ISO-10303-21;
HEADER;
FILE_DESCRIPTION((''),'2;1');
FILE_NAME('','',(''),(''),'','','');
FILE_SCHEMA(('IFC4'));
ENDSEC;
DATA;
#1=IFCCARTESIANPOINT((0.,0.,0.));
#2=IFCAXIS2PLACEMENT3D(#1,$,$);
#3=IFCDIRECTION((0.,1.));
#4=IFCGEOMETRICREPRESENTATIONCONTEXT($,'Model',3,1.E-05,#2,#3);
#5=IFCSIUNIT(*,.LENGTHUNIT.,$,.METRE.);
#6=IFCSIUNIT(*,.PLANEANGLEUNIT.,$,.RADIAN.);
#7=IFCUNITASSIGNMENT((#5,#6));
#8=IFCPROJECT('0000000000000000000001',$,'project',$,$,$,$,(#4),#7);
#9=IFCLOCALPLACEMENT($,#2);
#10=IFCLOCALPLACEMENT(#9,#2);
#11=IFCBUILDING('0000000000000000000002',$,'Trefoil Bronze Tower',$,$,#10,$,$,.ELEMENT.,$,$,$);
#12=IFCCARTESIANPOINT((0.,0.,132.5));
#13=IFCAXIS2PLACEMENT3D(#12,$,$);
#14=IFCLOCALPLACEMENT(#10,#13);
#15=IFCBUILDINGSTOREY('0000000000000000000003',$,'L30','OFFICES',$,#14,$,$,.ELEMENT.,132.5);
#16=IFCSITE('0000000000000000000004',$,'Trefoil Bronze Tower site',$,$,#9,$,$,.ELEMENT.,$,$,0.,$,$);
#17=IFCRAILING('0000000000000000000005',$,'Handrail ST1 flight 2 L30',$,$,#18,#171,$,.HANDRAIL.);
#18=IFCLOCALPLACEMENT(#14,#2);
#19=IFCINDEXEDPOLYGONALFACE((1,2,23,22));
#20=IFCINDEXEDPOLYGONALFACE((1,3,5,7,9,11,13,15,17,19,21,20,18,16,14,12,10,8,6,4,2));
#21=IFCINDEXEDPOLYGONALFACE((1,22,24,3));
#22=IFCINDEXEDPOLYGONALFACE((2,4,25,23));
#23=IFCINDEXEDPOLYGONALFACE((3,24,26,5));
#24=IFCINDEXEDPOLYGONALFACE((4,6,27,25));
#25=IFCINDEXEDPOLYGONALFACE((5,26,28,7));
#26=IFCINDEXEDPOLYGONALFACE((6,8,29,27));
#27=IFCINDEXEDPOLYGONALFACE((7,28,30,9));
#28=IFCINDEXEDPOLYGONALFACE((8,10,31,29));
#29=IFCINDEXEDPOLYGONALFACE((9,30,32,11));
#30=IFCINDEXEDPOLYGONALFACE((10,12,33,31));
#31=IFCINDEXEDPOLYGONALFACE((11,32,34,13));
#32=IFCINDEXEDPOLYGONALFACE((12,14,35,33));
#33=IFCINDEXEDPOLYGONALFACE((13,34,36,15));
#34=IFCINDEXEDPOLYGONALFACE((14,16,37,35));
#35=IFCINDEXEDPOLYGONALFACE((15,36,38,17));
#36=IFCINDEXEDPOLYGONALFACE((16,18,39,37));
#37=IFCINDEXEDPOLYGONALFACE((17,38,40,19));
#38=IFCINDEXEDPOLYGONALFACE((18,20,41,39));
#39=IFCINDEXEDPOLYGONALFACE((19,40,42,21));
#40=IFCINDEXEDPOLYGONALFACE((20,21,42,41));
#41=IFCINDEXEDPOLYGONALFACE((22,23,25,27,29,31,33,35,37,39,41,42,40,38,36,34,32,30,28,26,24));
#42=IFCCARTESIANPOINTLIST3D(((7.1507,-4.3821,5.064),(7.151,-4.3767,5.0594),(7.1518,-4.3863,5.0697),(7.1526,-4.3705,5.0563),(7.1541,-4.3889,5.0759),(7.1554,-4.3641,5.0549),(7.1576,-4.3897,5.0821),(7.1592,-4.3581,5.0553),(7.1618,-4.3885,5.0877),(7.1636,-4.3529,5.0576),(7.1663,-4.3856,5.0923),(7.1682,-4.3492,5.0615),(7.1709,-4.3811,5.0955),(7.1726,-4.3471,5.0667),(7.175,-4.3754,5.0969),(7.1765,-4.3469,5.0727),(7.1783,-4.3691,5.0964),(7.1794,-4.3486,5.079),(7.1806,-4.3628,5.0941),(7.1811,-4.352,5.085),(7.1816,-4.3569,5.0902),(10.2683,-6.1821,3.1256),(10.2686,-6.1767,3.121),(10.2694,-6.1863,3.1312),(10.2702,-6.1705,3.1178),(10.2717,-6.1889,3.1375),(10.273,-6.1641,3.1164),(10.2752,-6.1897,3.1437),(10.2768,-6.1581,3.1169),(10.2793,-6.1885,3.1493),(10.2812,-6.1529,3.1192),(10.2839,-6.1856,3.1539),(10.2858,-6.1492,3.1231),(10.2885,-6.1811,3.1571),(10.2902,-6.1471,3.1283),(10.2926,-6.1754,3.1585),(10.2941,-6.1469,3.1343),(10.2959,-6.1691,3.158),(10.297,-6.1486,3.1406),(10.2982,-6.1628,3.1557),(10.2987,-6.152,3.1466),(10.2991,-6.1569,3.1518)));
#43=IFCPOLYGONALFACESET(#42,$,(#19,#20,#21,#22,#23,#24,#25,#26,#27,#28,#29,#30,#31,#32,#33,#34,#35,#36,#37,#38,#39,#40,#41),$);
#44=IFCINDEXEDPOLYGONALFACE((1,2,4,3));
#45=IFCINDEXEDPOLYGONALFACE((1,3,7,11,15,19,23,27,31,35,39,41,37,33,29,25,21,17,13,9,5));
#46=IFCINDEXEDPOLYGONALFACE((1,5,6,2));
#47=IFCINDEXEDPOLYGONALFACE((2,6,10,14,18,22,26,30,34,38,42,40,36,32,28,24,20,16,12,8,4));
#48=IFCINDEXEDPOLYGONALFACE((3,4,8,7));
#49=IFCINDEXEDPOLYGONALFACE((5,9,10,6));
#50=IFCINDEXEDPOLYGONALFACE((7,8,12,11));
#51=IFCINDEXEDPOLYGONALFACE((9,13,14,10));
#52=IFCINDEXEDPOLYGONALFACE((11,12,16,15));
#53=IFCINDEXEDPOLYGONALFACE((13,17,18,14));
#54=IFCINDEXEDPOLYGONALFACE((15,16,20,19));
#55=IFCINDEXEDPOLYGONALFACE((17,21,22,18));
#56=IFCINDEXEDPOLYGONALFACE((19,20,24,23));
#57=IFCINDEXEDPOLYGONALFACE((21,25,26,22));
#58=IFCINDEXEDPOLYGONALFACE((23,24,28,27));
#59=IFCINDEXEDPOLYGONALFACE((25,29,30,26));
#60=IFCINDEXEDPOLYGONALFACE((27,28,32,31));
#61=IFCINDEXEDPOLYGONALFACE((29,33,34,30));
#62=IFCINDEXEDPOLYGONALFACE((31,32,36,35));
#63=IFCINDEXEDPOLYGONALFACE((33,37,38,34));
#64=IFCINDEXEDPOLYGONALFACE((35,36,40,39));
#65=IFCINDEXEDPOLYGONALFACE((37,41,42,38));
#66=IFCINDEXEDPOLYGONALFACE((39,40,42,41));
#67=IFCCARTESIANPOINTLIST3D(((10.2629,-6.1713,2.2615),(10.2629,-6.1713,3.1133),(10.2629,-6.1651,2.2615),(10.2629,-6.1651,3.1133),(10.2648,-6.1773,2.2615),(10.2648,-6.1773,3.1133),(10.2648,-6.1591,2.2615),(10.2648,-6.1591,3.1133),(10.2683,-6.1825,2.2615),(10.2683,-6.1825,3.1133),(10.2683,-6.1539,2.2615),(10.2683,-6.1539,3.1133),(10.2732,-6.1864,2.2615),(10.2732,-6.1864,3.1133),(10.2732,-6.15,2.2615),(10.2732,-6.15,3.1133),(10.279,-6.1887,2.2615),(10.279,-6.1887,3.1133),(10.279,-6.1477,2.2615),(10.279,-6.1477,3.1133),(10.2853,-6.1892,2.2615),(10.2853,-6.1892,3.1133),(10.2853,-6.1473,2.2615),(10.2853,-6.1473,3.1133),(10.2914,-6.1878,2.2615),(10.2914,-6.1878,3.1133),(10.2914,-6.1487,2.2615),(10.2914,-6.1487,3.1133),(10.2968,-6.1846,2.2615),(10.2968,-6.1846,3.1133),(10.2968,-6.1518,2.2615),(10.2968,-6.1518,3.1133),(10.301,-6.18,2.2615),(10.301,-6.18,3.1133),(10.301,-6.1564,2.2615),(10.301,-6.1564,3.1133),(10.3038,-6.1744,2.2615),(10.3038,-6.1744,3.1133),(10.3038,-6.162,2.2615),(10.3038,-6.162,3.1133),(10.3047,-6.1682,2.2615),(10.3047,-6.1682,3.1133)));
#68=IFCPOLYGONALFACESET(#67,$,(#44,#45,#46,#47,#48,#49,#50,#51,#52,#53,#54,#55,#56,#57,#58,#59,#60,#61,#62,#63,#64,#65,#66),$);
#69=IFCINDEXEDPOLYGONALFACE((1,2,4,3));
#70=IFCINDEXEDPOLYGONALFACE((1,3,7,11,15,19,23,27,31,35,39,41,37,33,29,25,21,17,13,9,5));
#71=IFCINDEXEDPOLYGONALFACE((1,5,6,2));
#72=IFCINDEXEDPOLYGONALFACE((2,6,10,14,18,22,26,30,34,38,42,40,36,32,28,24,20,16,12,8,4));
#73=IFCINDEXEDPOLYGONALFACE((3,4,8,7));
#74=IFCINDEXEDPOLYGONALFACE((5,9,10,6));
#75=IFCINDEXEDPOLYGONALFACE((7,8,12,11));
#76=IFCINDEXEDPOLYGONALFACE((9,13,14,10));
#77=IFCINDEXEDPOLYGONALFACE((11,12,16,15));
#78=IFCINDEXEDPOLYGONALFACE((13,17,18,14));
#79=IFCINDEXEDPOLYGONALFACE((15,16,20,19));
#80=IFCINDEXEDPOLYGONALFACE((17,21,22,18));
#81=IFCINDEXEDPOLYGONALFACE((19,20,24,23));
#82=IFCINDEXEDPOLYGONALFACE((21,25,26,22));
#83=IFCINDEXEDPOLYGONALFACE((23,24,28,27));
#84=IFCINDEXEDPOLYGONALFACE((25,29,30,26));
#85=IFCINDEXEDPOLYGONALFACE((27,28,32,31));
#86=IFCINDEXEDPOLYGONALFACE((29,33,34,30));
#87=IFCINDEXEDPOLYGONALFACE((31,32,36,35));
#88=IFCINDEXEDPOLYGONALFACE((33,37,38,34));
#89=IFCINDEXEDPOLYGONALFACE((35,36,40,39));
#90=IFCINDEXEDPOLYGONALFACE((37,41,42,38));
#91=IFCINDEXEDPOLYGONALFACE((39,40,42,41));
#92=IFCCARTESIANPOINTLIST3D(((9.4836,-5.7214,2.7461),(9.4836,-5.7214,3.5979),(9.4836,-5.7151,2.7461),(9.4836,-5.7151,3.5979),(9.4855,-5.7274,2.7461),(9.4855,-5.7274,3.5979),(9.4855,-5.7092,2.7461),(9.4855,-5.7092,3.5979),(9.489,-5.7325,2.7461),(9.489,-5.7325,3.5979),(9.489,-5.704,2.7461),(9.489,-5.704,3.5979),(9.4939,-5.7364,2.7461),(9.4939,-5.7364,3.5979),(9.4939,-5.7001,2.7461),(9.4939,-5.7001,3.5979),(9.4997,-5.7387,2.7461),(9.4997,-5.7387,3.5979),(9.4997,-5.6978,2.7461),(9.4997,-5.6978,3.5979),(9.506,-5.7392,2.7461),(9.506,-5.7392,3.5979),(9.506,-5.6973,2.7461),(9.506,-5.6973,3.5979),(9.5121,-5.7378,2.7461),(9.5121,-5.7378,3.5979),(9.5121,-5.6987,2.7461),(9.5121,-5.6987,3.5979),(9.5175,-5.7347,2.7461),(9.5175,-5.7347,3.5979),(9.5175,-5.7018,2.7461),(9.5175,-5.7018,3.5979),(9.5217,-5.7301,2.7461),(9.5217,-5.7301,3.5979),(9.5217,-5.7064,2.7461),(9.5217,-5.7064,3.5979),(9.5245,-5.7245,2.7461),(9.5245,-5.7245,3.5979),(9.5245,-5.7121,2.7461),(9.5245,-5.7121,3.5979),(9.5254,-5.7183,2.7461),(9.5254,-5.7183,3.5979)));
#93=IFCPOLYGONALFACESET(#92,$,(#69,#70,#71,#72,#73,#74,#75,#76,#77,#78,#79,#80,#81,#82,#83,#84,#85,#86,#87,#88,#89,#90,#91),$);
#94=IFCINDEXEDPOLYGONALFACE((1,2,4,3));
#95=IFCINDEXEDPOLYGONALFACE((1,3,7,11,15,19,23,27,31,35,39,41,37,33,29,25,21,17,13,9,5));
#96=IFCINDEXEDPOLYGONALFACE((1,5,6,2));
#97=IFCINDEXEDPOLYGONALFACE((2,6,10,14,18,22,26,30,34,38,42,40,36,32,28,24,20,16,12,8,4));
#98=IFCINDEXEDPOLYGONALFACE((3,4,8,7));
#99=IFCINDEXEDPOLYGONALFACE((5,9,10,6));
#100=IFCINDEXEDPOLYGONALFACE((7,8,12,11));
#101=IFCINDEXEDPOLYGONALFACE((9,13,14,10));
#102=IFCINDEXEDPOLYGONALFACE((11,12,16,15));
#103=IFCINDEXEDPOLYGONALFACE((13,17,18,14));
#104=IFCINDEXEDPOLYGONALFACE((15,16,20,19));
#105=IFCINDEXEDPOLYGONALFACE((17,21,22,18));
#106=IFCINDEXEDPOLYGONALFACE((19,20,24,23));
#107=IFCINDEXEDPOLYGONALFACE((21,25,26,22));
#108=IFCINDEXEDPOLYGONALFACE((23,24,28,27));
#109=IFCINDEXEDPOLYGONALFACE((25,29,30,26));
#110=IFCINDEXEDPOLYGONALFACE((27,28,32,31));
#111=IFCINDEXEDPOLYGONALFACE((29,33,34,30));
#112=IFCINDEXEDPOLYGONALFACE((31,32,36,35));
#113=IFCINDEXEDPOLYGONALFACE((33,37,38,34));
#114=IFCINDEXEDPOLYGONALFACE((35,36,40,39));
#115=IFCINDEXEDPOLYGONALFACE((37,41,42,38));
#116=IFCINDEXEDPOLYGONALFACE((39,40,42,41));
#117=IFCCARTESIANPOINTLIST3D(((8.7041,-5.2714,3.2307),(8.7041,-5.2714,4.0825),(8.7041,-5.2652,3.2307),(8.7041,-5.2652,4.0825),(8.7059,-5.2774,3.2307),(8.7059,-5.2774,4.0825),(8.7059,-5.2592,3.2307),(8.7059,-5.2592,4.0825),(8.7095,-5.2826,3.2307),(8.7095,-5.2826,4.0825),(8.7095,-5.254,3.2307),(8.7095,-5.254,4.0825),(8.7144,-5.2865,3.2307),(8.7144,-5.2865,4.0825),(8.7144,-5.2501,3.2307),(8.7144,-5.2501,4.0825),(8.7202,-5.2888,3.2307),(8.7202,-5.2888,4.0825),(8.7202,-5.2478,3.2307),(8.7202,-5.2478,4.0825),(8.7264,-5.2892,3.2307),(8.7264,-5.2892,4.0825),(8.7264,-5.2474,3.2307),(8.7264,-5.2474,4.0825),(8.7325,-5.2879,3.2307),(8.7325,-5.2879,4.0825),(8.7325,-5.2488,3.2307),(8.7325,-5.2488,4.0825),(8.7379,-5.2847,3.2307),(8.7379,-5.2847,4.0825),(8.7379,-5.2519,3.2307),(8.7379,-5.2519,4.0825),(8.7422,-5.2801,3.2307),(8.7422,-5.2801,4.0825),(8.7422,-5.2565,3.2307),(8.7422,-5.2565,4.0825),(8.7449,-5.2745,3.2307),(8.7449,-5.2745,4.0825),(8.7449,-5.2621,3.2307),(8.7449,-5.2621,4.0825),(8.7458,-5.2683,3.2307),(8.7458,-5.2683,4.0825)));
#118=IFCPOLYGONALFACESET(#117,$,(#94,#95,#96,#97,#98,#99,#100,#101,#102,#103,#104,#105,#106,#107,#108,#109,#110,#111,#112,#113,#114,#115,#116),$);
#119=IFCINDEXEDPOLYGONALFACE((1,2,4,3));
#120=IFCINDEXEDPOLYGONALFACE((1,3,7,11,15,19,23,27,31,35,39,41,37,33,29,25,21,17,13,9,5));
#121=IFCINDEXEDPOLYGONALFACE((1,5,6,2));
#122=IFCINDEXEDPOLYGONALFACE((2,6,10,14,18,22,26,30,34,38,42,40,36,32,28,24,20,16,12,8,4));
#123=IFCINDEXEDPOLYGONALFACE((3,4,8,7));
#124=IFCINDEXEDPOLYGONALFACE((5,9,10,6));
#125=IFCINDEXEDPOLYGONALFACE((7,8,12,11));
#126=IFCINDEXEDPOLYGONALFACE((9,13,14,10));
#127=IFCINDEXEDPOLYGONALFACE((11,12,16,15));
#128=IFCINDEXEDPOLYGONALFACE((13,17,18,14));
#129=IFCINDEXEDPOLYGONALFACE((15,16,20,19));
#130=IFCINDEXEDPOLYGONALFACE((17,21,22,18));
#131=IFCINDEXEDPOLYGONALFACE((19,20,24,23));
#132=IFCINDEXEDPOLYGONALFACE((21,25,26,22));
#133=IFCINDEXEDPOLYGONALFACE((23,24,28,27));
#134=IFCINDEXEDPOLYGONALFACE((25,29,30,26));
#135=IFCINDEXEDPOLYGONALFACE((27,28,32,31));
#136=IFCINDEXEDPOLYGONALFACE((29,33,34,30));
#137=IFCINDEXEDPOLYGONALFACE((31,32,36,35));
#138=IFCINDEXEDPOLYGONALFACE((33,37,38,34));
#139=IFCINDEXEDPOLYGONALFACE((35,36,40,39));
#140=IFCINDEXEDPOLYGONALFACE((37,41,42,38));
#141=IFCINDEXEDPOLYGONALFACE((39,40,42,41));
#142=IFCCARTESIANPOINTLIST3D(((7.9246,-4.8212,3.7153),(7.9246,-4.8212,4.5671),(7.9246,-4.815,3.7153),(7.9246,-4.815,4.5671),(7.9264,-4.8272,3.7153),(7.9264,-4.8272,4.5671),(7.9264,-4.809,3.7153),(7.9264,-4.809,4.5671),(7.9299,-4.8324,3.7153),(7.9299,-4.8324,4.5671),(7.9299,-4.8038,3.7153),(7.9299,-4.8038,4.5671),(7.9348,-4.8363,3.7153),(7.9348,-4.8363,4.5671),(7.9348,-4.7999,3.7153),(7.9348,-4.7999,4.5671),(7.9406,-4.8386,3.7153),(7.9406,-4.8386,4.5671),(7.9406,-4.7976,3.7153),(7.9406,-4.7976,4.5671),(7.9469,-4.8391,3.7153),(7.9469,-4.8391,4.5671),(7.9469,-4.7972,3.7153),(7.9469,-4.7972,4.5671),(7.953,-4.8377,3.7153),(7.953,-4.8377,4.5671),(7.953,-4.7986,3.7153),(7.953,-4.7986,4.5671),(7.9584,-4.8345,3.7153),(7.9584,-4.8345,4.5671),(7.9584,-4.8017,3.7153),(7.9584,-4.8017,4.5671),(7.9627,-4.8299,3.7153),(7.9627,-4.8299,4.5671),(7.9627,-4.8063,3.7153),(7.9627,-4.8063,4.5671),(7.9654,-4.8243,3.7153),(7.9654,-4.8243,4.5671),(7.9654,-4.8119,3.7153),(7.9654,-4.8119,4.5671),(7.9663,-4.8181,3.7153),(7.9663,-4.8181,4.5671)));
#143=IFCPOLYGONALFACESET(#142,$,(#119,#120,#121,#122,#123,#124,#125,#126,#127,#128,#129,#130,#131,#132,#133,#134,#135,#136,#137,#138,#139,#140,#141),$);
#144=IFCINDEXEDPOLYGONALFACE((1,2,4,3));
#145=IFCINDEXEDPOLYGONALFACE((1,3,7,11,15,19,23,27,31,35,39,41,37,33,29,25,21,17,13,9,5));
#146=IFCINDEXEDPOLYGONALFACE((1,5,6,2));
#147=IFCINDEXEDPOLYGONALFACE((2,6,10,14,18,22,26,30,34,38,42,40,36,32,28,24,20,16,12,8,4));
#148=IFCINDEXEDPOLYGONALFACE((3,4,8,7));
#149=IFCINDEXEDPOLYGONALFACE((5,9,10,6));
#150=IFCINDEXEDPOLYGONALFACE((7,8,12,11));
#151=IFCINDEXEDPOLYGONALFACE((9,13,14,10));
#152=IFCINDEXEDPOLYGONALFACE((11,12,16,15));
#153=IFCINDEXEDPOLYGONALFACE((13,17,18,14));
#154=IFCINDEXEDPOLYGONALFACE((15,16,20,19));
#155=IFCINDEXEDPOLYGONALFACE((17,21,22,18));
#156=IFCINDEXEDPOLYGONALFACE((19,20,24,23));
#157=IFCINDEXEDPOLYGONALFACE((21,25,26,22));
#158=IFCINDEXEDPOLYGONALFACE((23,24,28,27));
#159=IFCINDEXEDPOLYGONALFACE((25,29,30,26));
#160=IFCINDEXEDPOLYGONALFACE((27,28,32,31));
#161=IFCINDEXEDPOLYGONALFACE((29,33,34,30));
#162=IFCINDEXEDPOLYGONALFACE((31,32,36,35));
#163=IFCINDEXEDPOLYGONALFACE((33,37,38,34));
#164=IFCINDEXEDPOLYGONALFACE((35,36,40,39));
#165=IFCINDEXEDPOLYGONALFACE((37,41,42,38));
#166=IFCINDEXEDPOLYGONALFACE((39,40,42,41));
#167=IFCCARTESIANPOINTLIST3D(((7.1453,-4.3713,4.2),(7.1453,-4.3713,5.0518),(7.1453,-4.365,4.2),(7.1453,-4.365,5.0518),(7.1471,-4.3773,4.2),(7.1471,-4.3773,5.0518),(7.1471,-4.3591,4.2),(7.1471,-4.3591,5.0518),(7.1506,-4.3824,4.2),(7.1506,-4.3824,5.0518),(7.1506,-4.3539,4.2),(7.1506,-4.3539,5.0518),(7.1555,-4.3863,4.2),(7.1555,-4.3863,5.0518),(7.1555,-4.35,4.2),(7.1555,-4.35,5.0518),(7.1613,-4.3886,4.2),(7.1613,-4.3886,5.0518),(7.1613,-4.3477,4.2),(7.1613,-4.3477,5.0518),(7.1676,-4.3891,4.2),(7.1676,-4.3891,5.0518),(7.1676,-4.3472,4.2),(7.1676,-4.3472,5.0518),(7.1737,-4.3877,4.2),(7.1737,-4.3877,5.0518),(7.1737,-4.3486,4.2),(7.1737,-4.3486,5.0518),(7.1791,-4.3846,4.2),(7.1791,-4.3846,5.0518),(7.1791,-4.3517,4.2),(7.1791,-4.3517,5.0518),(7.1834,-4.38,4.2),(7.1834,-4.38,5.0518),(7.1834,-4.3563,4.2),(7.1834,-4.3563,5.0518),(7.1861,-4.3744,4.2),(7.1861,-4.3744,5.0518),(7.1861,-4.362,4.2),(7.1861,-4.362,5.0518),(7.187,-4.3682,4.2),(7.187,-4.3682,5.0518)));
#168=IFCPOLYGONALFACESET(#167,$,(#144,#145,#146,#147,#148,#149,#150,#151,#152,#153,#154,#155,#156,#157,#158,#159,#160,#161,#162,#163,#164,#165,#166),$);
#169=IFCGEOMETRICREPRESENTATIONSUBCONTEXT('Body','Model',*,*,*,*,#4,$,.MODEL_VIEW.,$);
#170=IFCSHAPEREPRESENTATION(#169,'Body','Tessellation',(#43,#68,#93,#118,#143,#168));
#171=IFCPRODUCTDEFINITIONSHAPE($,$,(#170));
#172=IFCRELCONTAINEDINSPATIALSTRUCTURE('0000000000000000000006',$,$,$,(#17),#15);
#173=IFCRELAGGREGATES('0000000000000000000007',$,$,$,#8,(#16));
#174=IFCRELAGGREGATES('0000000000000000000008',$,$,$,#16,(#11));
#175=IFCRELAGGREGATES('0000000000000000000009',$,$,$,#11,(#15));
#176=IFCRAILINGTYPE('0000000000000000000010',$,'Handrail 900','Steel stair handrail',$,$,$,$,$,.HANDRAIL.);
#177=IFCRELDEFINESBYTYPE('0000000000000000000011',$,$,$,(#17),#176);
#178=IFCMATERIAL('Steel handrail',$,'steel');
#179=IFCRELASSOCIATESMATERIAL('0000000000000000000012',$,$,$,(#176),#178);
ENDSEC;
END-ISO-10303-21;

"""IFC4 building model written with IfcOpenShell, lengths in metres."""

from ifc_helpers import new_model, si_unit, direction, frame, origin, origin_2d, place, context, subcontext, project, spatial, circle, extrude, material, type_object, element, save


model = new_model("IFC4")

# Units and contexts
model_context = context("Model", 3, precision=1e-05, world=origin(), true_north=direction((0.0, 1.0)))
body_context = subcontext(model_context, "Body", "Model", "MODEL_VIEW")
ifc_project = project(units=[si_unit("LENGTHUNIT", "METRE"), si_unit("PLANEANGLEUNIT", "RADIAN")], contexts=[model_context])

# Site, building, storey
site_placement = place(None, origin())
site = spatial("IfcSite", under=ifc_project, at=site_placement, Name="Trefoil Bronze Tower site", CompositionType="ELEMENT", RefElevation=0.0)
building_placement = place(site_placement, origin())
building = spatial("IfcBuilding", under=site, at=building_placement, Name="Trefoil Bronze Tower", CompositionType="ELEMENT")
storey_placement = place(building_placement, frame((0.0, 0.0, 132.5)))
storey = spatial("IfcBuildingStorey", under=building, at=storey_placement, Name="L30", Description="OFFICES", CompositionType="ELEMENT", Elevation=132.5)

# Railing
ifc_material_1 = material(Name="Steel handrail", Category="steel")
railing_type = type_object("IfcRailingType", Name="Handrail 900", Description="Steel stair handrail", PredefinedType="HANDRAIL", material=ifc_material_1)
railing_placement = place(storey_placement, frame((10.2837, -6.1682, 2.2615)))
element("IfcRailing", 1, at=railing_placement, inside=storey, type_object=railing_type, Name="Handrail ST1 flight 2 L30", PredefinedType="HANDRAIL", context=body_context, shape_type="SweptSolid", body=[
    extrude(circle(Radius=0.0239, at=origin_2d()), frame((0.0, 0.0, 0.876), z_axis=(-0.762503, 0.440246, 0.474102), x_axis=(-0.500012, -0.866018, 0.0)), (0.0, 0.0, 1.0), 4.0886),
    extrude(circle(Radius=0.021, at=origin_2d()), origin(), (0.0, 0.0, 1.0), 0.8518),
    extrude(circle(Radius=0.021, at=origin_2d()), frame((-0.7793, 0.45, 0.4846)), (0.0, 0.0, 1.0), 0.8518),
    extrude(circle(Radius=0.021, at=origin_2d()), frame((-1.5588, 0.8999, 0.9692)), (0.0, 0.0, 1.0), 0.8518),
    extrude(circle(Radius=0.021, at=origin_2d()), frame((-2.3384, 1.3501, 1.4539)), (0.0, 0.0, 1.0), 0.8518),
    extrude(circle(Radius=0.021, at=origin_2d()), frame((-3.1177, 1.8, 1.9385)), (0.0, 0.0, 1.0), 0.8518),
])

save(model, "model.ifc")
